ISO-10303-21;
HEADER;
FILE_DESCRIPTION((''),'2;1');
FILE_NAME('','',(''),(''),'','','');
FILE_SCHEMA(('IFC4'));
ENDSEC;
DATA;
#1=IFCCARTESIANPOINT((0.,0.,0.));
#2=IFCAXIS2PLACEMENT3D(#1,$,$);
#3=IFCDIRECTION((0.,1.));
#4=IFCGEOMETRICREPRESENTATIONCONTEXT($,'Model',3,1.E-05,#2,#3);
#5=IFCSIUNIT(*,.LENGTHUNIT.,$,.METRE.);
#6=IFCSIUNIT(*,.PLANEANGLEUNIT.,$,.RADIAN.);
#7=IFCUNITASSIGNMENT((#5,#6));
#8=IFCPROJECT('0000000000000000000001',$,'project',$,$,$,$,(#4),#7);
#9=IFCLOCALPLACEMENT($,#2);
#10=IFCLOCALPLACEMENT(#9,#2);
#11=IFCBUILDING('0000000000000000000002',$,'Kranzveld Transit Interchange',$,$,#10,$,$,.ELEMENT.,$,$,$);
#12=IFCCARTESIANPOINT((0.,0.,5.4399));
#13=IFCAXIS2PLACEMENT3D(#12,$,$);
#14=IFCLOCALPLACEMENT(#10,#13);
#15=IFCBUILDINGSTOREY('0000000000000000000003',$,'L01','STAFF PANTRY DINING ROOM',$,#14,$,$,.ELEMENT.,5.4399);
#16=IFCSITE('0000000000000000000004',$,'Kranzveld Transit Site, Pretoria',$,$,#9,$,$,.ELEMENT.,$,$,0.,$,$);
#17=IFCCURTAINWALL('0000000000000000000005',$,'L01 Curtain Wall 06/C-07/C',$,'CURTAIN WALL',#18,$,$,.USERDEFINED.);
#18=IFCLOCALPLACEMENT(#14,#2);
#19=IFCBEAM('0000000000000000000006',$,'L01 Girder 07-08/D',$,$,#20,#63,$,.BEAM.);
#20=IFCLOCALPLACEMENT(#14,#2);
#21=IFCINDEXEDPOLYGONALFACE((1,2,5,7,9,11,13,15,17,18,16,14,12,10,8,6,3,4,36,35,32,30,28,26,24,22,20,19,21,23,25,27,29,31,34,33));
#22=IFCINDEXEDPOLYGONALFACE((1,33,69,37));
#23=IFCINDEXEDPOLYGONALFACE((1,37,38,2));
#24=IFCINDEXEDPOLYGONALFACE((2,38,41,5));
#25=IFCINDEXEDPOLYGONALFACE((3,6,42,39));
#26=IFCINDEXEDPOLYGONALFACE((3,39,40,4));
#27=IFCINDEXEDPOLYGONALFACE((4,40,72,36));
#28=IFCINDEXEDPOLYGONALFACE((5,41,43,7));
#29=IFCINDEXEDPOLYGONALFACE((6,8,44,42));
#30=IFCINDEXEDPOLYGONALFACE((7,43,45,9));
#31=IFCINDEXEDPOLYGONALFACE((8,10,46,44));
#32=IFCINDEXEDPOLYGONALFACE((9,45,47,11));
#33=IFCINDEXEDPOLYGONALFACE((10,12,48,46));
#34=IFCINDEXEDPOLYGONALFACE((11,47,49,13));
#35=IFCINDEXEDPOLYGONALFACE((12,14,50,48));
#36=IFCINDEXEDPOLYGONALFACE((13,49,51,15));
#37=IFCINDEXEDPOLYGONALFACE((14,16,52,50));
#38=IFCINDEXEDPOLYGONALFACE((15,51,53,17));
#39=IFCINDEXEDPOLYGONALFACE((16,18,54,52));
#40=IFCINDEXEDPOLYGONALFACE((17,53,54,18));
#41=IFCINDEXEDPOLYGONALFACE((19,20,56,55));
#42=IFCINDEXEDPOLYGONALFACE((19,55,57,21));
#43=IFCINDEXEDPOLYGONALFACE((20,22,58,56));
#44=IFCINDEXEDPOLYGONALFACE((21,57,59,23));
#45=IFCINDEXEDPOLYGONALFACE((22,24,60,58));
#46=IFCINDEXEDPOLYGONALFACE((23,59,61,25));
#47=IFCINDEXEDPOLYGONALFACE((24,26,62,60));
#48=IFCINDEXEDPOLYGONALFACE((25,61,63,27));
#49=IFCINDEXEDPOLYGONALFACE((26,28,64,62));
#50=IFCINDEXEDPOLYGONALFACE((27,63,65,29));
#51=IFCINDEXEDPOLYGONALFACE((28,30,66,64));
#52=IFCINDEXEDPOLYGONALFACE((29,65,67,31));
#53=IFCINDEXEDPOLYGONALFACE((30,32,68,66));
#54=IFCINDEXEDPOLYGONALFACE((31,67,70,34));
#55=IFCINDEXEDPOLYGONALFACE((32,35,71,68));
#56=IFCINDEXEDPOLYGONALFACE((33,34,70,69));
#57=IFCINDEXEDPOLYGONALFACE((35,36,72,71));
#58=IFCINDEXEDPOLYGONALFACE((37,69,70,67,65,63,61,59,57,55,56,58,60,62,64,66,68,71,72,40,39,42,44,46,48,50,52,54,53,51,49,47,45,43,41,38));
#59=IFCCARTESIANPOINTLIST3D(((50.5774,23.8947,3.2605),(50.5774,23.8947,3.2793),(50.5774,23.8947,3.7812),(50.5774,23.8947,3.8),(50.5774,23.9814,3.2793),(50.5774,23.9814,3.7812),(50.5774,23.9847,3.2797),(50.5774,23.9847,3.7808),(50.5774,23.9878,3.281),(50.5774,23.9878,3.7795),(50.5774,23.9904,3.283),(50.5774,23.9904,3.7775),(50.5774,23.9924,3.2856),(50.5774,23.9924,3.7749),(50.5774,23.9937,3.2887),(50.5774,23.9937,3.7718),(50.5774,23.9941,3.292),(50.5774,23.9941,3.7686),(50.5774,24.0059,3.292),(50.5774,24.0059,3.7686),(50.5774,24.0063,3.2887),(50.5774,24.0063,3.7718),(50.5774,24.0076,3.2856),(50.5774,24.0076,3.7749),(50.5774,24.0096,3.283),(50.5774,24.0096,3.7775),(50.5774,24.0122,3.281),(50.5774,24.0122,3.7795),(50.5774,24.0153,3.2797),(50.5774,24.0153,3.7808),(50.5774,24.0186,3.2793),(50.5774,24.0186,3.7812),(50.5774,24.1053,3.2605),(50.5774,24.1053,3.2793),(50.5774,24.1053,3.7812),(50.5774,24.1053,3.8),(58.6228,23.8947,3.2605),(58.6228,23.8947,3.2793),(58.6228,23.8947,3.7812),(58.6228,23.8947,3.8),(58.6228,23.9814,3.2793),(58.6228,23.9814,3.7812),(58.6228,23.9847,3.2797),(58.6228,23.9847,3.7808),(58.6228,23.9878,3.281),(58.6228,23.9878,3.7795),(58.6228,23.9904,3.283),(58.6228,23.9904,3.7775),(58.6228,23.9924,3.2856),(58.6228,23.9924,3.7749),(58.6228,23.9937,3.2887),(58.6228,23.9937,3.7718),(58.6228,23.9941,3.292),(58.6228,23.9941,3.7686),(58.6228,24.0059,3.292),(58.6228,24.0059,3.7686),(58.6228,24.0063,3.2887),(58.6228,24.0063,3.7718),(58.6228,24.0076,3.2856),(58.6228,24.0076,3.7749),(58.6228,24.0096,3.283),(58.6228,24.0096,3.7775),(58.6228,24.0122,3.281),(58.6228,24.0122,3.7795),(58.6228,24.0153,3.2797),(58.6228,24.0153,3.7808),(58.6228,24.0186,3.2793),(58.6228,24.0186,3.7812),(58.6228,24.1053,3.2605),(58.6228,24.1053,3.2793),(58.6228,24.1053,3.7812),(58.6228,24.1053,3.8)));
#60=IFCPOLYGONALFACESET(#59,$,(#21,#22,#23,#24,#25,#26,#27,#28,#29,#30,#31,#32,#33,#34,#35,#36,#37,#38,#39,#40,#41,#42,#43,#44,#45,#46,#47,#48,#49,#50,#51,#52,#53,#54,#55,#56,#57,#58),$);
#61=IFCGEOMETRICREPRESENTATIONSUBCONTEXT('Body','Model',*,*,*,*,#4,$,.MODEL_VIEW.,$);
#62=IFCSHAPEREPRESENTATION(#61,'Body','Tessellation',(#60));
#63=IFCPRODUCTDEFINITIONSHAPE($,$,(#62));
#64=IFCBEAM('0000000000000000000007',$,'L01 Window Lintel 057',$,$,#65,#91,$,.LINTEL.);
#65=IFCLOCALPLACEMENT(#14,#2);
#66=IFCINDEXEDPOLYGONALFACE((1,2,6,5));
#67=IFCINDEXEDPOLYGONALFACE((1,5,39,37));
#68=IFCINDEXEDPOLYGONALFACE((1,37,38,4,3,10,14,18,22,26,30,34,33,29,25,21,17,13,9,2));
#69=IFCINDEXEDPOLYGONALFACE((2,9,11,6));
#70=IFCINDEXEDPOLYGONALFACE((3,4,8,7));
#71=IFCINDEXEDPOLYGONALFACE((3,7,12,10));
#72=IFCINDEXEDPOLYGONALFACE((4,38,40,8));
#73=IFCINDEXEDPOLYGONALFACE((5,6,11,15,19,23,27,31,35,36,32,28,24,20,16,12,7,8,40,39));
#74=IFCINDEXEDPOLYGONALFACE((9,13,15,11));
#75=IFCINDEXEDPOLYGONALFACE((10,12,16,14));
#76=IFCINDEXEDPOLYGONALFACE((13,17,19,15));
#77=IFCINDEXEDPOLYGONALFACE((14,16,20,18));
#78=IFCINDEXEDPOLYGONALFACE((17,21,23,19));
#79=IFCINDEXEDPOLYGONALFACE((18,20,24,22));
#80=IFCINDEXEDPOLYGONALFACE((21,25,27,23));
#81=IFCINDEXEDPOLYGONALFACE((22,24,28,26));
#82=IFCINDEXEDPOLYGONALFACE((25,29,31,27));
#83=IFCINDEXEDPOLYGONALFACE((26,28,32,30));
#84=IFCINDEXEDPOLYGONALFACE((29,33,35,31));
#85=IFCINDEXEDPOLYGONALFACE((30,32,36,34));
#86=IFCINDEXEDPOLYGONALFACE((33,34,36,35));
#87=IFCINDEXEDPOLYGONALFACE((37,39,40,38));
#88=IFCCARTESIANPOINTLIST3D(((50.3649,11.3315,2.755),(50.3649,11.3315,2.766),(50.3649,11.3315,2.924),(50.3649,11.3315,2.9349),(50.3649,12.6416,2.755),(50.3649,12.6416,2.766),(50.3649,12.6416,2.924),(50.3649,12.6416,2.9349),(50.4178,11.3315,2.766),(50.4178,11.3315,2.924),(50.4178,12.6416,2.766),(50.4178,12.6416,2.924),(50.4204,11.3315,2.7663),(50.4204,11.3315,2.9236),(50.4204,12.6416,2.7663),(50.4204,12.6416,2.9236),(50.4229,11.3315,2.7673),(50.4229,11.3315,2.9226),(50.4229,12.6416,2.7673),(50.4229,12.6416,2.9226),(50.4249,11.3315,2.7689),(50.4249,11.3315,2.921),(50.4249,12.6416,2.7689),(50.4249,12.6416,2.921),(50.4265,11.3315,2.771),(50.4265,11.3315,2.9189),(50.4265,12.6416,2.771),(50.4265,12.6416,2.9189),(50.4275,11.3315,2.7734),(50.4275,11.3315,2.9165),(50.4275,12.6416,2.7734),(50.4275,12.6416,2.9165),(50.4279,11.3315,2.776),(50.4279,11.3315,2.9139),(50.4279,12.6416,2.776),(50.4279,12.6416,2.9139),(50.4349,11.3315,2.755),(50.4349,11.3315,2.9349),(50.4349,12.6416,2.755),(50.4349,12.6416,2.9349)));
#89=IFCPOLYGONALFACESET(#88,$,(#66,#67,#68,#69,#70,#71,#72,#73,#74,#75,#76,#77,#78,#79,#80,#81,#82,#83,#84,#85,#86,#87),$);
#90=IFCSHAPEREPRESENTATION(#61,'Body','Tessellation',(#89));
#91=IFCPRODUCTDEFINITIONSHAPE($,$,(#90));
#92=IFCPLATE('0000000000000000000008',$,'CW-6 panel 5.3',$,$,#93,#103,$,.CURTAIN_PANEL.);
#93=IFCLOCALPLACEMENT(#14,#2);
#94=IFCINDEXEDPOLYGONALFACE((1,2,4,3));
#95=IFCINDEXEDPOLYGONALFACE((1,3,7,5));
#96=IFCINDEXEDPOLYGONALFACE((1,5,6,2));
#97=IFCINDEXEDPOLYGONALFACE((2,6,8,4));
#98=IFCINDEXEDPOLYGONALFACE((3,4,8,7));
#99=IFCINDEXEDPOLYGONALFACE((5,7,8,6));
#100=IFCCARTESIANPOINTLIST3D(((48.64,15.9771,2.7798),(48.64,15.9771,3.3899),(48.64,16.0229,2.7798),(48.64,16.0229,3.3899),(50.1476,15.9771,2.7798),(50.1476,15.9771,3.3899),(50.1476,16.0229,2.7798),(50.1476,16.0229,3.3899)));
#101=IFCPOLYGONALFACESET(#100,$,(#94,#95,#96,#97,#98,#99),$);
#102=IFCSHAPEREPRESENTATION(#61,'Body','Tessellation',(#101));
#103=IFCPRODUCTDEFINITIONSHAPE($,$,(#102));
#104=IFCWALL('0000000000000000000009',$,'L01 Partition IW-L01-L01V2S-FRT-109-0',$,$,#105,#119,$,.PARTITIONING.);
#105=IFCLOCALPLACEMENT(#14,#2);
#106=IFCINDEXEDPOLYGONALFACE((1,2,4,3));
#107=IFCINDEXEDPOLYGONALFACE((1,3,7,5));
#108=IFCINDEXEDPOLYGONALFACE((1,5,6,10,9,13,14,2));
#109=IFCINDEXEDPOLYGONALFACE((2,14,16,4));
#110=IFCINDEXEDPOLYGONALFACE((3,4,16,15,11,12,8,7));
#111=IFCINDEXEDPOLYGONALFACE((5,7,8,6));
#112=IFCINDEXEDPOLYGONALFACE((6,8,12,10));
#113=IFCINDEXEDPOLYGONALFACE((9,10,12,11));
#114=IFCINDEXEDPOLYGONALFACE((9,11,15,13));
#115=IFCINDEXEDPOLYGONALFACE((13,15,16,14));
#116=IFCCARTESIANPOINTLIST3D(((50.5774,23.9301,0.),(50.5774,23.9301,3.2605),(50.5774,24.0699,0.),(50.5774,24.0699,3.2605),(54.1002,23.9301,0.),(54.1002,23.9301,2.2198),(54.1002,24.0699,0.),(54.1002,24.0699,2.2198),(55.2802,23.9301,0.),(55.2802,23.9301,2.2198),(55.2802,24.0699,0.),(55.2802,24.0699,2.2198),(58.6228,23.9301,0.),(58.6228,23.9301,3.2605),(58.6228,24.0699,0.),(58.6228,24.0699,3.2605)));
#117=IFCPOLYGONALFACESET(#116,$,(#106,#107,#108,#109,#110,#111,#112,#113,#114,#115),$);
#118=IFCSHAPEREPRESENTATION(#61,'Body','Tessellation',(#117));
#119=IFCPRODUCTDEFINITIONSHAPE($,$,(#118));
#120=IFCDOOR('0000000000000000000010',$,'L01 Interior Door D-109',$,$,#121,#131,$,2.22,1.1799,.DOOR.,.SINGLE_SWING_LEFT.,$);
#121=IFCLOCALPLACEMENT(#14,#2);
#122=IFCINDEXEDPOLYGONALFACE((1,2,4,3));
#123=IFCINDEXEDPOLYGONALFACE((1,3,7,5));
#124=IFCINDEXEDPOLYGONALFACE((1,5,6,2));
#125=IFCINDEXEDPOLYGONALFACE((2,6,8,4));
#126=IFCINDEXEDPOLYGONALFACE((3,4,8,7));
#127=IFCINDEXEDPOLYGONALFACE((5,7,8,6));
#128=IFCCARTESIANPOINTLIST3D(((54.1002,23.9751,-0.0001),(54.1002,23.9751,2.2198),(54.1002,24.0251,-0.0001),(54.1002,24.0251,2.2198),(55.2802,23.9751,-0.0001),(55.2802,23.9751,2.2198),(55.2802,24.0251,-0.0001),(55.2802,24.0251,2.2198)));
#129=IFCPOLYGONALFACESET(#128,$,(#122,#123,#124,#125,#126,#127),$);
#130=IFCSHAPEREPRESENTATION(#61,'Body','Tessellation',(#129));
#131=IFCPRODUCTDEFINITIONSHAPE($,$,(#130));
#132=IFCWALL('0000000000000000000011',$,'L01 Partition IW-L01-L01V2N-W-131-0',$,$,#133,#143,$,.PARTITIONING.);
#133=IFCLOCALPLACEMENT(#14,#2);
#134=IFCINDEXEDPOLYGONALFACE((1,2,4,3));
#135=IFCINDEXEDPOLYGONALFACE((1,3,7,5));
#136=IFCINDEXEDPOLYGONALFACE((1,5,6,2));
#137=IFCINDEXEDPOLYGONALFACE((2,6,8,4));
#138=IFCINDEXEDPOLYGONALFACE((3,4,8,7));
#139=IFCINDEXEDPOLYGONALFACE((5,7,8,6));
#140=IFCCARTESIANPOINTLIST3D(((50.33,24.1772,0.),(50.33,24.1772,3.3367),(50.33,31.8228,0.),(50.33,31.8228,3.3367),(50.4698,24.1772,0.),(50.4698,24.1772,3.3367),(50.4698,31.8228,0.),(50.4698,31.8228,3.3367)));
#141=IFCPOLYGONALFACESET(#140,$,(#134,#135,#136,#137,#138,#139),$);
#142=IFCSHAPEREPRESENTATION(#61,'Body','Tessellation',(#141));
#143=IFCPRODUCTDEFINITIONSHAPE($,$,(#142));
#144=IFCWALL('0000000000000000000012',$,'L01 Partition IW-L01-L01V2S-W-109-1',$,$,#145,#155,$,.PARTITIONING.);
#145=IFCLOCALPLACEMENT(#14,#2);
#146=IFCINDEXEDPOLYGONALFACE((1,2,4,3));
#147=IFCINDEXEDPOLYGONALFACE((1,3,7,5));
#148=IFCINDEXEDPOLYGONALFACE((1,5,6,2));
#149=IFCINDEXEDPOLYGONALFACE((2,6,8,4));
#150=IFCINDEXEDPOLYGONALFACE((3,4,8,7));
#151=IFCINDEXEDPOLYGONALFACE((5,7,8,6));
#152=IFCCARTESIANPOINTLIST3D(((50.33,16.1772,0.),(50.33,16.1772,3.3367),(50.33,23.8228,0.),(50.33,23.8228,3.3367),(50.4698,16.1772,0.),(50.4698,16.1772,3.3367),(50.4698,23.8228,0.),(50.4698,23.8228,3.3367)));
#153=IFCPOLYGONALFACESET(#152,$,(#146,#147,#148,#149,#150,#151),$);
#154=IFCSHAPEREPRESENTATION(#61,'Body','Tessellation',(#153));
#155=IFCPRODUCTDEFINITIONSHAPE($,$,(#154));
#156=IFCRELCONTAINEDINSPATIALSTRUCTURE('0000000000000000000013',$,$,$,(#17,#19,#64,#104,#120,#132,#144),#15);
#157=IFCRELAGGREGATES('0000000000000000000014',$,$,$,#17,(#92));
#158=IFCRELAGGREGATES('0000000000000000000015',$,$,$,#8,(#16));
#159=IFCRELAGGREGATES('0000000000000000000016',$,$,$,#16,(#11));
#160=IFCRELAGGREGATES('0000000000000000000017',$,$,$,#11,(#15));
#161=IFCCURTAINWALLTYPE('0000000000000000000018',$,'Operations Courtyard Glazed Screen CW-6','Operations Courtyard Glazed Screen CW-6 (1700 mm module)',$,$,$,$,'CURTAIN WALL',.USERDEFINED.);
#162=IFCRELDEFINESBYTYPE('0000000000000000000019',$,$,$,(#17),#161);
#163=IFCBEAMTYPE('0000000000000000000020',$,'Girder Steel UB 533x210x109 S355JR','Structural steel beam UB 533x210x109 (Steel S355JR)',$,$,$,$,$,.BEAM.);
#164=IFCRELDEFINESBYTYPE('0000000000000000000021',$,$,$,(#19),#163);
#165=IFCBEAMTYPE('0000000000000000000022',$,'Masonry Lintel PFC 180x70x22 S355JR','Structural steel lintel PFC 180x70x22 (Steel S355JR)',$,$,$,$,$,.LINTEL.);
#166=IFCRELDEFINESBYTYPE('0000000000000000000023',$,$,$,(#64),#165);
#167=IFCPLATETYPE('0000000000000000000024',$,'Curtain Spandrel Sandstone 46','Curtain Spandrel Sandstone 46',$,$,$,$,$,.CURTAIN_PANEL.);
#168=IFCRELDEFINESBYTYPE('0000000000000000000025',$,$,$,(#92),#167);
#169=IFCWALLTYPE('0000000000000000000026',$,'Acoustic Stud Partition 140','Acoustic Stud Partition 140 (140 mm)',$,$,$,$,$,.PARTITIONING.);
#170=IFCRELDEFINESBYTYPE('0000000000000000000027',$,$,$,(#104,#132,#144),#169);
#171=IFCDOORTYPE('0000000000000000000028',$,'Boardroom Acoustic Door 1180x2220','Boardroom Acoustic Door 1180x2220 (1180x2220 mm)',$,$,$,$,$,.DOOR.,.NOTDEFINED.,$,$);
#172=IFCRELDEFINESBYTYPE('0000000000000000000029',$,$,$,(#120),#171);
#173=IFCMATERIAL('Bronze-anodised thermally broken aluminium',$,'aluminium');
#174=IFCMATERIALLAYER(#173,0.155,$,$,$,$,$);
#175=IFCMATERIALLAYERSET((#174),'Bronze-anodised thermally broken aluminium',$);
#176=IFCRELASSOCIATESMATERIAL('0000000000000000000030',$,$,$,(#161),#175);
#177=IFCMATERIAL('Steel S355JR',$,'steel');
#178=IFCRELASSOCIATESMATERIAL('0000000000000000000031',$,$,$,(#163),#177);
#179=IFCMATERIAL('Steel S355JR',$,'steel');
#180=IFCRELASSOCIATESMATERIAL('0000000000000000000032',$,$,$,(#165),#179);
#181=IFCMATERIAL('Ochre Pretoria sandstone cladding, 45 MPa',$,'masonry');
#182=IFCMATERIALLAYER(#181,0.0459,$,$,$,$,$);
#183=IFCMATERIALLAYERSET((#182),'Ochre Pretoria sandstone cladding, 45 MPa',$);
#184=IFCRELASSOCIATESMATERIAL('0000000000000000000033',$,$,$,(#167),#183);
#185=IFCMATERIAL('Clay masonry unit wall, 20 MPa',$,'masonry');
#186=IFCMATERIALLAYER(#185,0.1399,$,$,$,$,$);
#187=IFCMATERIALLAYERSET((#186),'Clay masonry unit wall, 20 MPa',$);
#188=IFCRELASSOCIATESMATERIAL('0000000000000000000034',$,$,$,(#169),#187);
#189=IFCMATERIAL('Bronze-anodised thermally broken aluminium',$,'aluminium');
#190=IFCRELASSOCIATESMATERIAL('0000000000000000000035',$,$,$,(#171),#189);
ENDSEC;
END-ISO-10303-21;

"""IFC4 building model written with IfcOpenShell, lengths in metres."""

from ifc_helpers import new_model, si_unit, direction, frame, frame_2d, origin, origin_2d, place, context, subcontext, project, spatial, rectangle, i_section, u_section, extrude, material, layer, layer_set, material_profile, profile_set, type_object, element, fill, aggregate, save


model = new_model("IFC4")

# Units and contexts
model_context = context("Model", 3, precision=1e-05, world=origin(), true_north=direction((0.0, 1.0)))
body_context = subcontext(model_context, "Body", "Model", "MODEL_VIEW")
ifc_project = project(units=[si_unit("LENGTHUNIT", "METRE"), si_unit("PLANEANGLEUNIT", "RADIAN")], contexts=[model_context])

# Site, building, storey
site_placement = place(None, origin())
site = spatial("IfcSite", under=ifc_project, at=site_placement, Name="Kranzveld Transit Site, Pretoria", CompositionType="ELEMENT", RefElevation=0.0)
building_placement = place(site_placement, origin())
building = spatial("IfcBuilding", under=site, at=building_placement, Name="Kranzveld Transit Interchange", CompositionType="ELEMENT")
storey_placement = place(building_placement, frame((0.0, 0.0, 5.4399)))
storey = spatial("IfcBuildingStorey", under=building, at=storey_placement, Name="L01", Description="STAFF PANTRY DINING ROOM", CompositionType="ELEMENT", Elevation=5.4399)

# Curtain wall
ifc_material_1 = material(Name="Bronze-anodised thermally broken aluminium", Category="aluminium")
ifc_layer_1 = layer(ifc_material_1, 0.155)
ifc_layer_set_1 = layer_set([ifc_layer_1], Name="Bronze-anodised thermally broken aluminium")
curtain_wall_type = type_object("IfcCurtainWallType", Name="Operations Courtyard Glazed Screen CW-6", Description="Operations Courtyard Glazed Screen CW-6 (1700 mm module)", ElementType="CURTAIN WALL", PredefinedType="USERDEFINED", material=ifc_layer_set_1)
curtain_wall_placement = place(storey_placement, origin())
curtain_wall = element("IfcCurtainWall", 1, at=curtain_wall_placement, inside=storey, type_object=curtain_wall_type, Name="L01 Curtain Wall 06/C-07/C", ObjectType="CURTAIN WALL", PredefinedType="USERDEFINED")

# Beams
ifc_material_2 = material(Name="Steel S355JR", Category="steel")
ifc_material_profile_1 = material_profile(ifc_material_2, i_section(OverallWidth=0.2107, OverallDepth=0.5396, WebThickness=0.0117, FlangeThickness=0.0188, FilletRadius=0.0127, at=origin_2d()), Name="UB 533x210x109")
ifc_profile_set_1 = profile_set([ifc_material_profile_1], Name="Steel S355JR")
beam_type_1 = type_object("IfcBeamType", Name="Girder Steel UB 533x210x109 S355JR", Description="Structural steel beam UB 533x210x109 (Steel S355JR)", PredefinedType="BEAM", material=ifc_profile_set_1)
beam_1_placement = place(storey_placement, frame((50.5774, 24.0, 3.5303), z_axis=(1.0, 0.0, 0.0), x_axis=(0.0, 1.0, 0.0)))
element("IfcBeam", 2, at=beam_1_placement, inside=storey, type_object=beam_type_1, Name="L01 Girder 07-08/D", PredefinedType="BEAM", context=body_context, shape_type="SweptSolid", body=[
    extrude(i_section(OverallWidth=0.2107, OverallDepth=0.5396, WebThickness=0.0117, FlangeThickness=0.0188, FilletRadius=0.0127, at=origin_2d()), origin(), (0.0, 0.0, 1.0), 8.0454),
])
ifc_material_3 = material(Name="Steel S355JR", Category="steel")
ifc_material_profile_2 = material_profile(ifc_material_3, u_section(Depth=0.1799, FlangeWidth=0.0701, WebThickness=0.0071, FlangeThickness=0.011, FilletRadius=0.01, at=origin_2d()), Name="PFC 180x70x22")
ifc_profile_set_2 = profile_set([ifc_material_profile_2], Name="Steel S355JR")
beam_type_2 = type_object("IfcBeamType", Name="Masonry Lintel PFC 180x70x22 S355JR", Description="Structural steel lintel PFC 180x70x22 (Steel S355JR)", PredefinedType="LINTEL", material=ifc_profile_set_2)
beam_2_placement = place(storey_placement, frame((50.3999, 11.3315, 2.845), z_axis=(0.0, 1.0, 0.0), x_axis=(-1.0, 0.0, 0.0)))
element("IfcBeam", 3, at=beam_2_placement, inside=storey, type_object=beam_type_2, Name="L01 Window Lintel 057", PredefinedType="LINTEL", context=body_context, shape_type="SweptSolid", body=[
    extrude(u_section(Depth=0.1799, FlangeWidth=0.0701, WebThickness=0.0071, FlangeThickness=0.011, FilletRadius=0.01, at=origin_2d()), origin(), (0.0, 0.0, 1.0), 1.3101),
])

# Plate
ifc_material_4 = material(Name="Ochre Pretoria sandstone cladding, 45 MPa", Category="masonry")
ifc_layer_2 = layer(ifc_material_4, 0.0459)
ifc_layer_set_2 = layer_set([ifc_layer_2], Name="Ochre Pretoria sandstone cladding, 45 MPa")
plate_type = type_object("IfcPlateType", Name="Curtain Spandrel Sandstone 46", Description="Curtain Spandrel Sandstone 46", PredefinedType="CURTAIN_PANEL", material=ifc_layer_set_2)
plate_placement = place(storey_placement, frame((49.3938, 16.0, 2.7798), z_axis=(0.0, 0.0, 1.0), x_axis=(1.0, 0.0, 0.0)))
plate = element("IfcPlate", 4, at=plate_placement, type_object=plate_type, Name="CW-6 panel 5.3", PredefinedType="CURTAIN_PANEL", context=body_context, shape_type="SweptSolid", body=[
    extrude(rectangle(XDim=1.5076, YDim=0.0459, at=origin_2d()), origin(), (0.0, 0.0, 1.0), 0.6101),
])
aggregate(curtain_wall, [plate])

# Wall, opening, door
ifc_material_5 = material(Name="Clay masonry unit wall, 20 MPa", Category="masonry")
ifc_layer_3 = layer(ifc_material_5, 0.1399)
ifc_layer_set_3 = layer_set([ifc_layer_3], Name="Clay masonry unit wall, 20 MPa")
wall_type_1 = type_object("IfcWallType", Name="Acoustic Stud Partition 140", Description="Acoustic Stud Partition 140 (140 mm)", PredefinedType="PARTITIONING", material=ifc_layer_set_3)
wall_1_placement = place(storey_placement, frame((50.5774, 24.0, 0.0), z_axis=(0.0, 0.0, 1.0), x_axis=(1.0, 0.0, 0.0)))
wall_1 = element("IfcWall", 5, at=wall_1_placement, inside=storey, type_object=wall_type_1, Name="L01 Partition IW-L01-L01V2S-FRT-109-0", PredefinedType="PARTITIONING", context=body_context, shape_type="SweptSolid", body=[
    extrude(rectangle(XDim=8.0454, YDim=0.1399, at=frame_2d((4.0227, 0.0))), origin(), (0.0, 0.0, 1.0), 3.2605),
])
opening_1_placement = place(wall_1_placement, frame((4.7026, 0.0, 0.0), z_axis=(0.0, 0.0, 1.0), x_axis=(-1.0, 0.0, 0.0)))
opening_1 = element("IfcOpeningElement", 6, at=opening_1_placement, cuts=wall_1, PredefinedType="OPENING", context=body_context, shape_type="SweptSolid", body=[
    extrude(rectangle(XDim=1.1799, YDim=2.22, at=frame_2d((0.5898, 1.1099))), frame((0.0, 0.0798, 0.0), z_axis=(0.0, -1.0, 0.0), x_axis=(1.0, 0.0, 0.0)), (0.0, 0.0, 1.0), 0.1599),
])
ifc_material_6 = material(Name="Bronze-anodised thermally broken aluminium", Category="aluminium")
door_type = type_object("IfcDoorType", Name="Boardroom Acoustic Door 1180x2220", Description="Boardroom Acoustic Door 1180x2220 (1180x2220 mm)", OperationType="NOTDEFINED", PredefinedType="DOOR", material=ifc_material_6)
door_placement = place(opening_1_placement, origin())
door = element("IfcDoor", 7, at=door_placement, inside=storey, type_object=door_type, Name="L01 Interior Door D-109", OperationType="SINGLE_SWING_LEFT", OverallHeight=2.22, OverallWidth=1.1799, PredefinedType="DOOR", context=body_context, shape_type="SweptSolid", body=[
    extrude(rectangle(XDim=1.1799, YDim=2.22, at=frame_2d((0.5898, 1.1099))), frame((0.0, 0.0249, 0.0), z_axis=(0.0, -1.0, 0.0), x_axis=(1.0, 0.0, 0.0)), (0.0, 0.0, 1.0), 0.05),
])
fill(opening_1, door)

# Walls
for number, where, z_axis, x_axis, name in (
    (8, (50.3999, 24.1772, 0.0), (0.0, 0.0, 1.0), (0.0, 1.0, 0.0), "L01 Partition IW-L01-L01V2N-W-131-0"),
    (9, (50.3999, 16.1772, 0.0), (0.0, 0.0, 1.0), (0.0, 1.0, 0.0), "L01 Partition IW-L01-L01V2S-W-109-1"),
):
    element("IfcWall", number, at=place(storey_placement, frame(where, z_axis=z_axis, x_axis=x_axis)), inside=storey, type_object=wall_type_1, Name=name, PredefinedType="PARTITIONING", context=body_context, shape_type="SweptSolid", body=[
        extrude(rectangle(XDim=7.6455, YDim=0.1399, at=frame_2d((3.8228, 0.0))), origin(), (0.0, 0.0, 1.0), 3.3367),
    ])

save(model, "model.ifc")
